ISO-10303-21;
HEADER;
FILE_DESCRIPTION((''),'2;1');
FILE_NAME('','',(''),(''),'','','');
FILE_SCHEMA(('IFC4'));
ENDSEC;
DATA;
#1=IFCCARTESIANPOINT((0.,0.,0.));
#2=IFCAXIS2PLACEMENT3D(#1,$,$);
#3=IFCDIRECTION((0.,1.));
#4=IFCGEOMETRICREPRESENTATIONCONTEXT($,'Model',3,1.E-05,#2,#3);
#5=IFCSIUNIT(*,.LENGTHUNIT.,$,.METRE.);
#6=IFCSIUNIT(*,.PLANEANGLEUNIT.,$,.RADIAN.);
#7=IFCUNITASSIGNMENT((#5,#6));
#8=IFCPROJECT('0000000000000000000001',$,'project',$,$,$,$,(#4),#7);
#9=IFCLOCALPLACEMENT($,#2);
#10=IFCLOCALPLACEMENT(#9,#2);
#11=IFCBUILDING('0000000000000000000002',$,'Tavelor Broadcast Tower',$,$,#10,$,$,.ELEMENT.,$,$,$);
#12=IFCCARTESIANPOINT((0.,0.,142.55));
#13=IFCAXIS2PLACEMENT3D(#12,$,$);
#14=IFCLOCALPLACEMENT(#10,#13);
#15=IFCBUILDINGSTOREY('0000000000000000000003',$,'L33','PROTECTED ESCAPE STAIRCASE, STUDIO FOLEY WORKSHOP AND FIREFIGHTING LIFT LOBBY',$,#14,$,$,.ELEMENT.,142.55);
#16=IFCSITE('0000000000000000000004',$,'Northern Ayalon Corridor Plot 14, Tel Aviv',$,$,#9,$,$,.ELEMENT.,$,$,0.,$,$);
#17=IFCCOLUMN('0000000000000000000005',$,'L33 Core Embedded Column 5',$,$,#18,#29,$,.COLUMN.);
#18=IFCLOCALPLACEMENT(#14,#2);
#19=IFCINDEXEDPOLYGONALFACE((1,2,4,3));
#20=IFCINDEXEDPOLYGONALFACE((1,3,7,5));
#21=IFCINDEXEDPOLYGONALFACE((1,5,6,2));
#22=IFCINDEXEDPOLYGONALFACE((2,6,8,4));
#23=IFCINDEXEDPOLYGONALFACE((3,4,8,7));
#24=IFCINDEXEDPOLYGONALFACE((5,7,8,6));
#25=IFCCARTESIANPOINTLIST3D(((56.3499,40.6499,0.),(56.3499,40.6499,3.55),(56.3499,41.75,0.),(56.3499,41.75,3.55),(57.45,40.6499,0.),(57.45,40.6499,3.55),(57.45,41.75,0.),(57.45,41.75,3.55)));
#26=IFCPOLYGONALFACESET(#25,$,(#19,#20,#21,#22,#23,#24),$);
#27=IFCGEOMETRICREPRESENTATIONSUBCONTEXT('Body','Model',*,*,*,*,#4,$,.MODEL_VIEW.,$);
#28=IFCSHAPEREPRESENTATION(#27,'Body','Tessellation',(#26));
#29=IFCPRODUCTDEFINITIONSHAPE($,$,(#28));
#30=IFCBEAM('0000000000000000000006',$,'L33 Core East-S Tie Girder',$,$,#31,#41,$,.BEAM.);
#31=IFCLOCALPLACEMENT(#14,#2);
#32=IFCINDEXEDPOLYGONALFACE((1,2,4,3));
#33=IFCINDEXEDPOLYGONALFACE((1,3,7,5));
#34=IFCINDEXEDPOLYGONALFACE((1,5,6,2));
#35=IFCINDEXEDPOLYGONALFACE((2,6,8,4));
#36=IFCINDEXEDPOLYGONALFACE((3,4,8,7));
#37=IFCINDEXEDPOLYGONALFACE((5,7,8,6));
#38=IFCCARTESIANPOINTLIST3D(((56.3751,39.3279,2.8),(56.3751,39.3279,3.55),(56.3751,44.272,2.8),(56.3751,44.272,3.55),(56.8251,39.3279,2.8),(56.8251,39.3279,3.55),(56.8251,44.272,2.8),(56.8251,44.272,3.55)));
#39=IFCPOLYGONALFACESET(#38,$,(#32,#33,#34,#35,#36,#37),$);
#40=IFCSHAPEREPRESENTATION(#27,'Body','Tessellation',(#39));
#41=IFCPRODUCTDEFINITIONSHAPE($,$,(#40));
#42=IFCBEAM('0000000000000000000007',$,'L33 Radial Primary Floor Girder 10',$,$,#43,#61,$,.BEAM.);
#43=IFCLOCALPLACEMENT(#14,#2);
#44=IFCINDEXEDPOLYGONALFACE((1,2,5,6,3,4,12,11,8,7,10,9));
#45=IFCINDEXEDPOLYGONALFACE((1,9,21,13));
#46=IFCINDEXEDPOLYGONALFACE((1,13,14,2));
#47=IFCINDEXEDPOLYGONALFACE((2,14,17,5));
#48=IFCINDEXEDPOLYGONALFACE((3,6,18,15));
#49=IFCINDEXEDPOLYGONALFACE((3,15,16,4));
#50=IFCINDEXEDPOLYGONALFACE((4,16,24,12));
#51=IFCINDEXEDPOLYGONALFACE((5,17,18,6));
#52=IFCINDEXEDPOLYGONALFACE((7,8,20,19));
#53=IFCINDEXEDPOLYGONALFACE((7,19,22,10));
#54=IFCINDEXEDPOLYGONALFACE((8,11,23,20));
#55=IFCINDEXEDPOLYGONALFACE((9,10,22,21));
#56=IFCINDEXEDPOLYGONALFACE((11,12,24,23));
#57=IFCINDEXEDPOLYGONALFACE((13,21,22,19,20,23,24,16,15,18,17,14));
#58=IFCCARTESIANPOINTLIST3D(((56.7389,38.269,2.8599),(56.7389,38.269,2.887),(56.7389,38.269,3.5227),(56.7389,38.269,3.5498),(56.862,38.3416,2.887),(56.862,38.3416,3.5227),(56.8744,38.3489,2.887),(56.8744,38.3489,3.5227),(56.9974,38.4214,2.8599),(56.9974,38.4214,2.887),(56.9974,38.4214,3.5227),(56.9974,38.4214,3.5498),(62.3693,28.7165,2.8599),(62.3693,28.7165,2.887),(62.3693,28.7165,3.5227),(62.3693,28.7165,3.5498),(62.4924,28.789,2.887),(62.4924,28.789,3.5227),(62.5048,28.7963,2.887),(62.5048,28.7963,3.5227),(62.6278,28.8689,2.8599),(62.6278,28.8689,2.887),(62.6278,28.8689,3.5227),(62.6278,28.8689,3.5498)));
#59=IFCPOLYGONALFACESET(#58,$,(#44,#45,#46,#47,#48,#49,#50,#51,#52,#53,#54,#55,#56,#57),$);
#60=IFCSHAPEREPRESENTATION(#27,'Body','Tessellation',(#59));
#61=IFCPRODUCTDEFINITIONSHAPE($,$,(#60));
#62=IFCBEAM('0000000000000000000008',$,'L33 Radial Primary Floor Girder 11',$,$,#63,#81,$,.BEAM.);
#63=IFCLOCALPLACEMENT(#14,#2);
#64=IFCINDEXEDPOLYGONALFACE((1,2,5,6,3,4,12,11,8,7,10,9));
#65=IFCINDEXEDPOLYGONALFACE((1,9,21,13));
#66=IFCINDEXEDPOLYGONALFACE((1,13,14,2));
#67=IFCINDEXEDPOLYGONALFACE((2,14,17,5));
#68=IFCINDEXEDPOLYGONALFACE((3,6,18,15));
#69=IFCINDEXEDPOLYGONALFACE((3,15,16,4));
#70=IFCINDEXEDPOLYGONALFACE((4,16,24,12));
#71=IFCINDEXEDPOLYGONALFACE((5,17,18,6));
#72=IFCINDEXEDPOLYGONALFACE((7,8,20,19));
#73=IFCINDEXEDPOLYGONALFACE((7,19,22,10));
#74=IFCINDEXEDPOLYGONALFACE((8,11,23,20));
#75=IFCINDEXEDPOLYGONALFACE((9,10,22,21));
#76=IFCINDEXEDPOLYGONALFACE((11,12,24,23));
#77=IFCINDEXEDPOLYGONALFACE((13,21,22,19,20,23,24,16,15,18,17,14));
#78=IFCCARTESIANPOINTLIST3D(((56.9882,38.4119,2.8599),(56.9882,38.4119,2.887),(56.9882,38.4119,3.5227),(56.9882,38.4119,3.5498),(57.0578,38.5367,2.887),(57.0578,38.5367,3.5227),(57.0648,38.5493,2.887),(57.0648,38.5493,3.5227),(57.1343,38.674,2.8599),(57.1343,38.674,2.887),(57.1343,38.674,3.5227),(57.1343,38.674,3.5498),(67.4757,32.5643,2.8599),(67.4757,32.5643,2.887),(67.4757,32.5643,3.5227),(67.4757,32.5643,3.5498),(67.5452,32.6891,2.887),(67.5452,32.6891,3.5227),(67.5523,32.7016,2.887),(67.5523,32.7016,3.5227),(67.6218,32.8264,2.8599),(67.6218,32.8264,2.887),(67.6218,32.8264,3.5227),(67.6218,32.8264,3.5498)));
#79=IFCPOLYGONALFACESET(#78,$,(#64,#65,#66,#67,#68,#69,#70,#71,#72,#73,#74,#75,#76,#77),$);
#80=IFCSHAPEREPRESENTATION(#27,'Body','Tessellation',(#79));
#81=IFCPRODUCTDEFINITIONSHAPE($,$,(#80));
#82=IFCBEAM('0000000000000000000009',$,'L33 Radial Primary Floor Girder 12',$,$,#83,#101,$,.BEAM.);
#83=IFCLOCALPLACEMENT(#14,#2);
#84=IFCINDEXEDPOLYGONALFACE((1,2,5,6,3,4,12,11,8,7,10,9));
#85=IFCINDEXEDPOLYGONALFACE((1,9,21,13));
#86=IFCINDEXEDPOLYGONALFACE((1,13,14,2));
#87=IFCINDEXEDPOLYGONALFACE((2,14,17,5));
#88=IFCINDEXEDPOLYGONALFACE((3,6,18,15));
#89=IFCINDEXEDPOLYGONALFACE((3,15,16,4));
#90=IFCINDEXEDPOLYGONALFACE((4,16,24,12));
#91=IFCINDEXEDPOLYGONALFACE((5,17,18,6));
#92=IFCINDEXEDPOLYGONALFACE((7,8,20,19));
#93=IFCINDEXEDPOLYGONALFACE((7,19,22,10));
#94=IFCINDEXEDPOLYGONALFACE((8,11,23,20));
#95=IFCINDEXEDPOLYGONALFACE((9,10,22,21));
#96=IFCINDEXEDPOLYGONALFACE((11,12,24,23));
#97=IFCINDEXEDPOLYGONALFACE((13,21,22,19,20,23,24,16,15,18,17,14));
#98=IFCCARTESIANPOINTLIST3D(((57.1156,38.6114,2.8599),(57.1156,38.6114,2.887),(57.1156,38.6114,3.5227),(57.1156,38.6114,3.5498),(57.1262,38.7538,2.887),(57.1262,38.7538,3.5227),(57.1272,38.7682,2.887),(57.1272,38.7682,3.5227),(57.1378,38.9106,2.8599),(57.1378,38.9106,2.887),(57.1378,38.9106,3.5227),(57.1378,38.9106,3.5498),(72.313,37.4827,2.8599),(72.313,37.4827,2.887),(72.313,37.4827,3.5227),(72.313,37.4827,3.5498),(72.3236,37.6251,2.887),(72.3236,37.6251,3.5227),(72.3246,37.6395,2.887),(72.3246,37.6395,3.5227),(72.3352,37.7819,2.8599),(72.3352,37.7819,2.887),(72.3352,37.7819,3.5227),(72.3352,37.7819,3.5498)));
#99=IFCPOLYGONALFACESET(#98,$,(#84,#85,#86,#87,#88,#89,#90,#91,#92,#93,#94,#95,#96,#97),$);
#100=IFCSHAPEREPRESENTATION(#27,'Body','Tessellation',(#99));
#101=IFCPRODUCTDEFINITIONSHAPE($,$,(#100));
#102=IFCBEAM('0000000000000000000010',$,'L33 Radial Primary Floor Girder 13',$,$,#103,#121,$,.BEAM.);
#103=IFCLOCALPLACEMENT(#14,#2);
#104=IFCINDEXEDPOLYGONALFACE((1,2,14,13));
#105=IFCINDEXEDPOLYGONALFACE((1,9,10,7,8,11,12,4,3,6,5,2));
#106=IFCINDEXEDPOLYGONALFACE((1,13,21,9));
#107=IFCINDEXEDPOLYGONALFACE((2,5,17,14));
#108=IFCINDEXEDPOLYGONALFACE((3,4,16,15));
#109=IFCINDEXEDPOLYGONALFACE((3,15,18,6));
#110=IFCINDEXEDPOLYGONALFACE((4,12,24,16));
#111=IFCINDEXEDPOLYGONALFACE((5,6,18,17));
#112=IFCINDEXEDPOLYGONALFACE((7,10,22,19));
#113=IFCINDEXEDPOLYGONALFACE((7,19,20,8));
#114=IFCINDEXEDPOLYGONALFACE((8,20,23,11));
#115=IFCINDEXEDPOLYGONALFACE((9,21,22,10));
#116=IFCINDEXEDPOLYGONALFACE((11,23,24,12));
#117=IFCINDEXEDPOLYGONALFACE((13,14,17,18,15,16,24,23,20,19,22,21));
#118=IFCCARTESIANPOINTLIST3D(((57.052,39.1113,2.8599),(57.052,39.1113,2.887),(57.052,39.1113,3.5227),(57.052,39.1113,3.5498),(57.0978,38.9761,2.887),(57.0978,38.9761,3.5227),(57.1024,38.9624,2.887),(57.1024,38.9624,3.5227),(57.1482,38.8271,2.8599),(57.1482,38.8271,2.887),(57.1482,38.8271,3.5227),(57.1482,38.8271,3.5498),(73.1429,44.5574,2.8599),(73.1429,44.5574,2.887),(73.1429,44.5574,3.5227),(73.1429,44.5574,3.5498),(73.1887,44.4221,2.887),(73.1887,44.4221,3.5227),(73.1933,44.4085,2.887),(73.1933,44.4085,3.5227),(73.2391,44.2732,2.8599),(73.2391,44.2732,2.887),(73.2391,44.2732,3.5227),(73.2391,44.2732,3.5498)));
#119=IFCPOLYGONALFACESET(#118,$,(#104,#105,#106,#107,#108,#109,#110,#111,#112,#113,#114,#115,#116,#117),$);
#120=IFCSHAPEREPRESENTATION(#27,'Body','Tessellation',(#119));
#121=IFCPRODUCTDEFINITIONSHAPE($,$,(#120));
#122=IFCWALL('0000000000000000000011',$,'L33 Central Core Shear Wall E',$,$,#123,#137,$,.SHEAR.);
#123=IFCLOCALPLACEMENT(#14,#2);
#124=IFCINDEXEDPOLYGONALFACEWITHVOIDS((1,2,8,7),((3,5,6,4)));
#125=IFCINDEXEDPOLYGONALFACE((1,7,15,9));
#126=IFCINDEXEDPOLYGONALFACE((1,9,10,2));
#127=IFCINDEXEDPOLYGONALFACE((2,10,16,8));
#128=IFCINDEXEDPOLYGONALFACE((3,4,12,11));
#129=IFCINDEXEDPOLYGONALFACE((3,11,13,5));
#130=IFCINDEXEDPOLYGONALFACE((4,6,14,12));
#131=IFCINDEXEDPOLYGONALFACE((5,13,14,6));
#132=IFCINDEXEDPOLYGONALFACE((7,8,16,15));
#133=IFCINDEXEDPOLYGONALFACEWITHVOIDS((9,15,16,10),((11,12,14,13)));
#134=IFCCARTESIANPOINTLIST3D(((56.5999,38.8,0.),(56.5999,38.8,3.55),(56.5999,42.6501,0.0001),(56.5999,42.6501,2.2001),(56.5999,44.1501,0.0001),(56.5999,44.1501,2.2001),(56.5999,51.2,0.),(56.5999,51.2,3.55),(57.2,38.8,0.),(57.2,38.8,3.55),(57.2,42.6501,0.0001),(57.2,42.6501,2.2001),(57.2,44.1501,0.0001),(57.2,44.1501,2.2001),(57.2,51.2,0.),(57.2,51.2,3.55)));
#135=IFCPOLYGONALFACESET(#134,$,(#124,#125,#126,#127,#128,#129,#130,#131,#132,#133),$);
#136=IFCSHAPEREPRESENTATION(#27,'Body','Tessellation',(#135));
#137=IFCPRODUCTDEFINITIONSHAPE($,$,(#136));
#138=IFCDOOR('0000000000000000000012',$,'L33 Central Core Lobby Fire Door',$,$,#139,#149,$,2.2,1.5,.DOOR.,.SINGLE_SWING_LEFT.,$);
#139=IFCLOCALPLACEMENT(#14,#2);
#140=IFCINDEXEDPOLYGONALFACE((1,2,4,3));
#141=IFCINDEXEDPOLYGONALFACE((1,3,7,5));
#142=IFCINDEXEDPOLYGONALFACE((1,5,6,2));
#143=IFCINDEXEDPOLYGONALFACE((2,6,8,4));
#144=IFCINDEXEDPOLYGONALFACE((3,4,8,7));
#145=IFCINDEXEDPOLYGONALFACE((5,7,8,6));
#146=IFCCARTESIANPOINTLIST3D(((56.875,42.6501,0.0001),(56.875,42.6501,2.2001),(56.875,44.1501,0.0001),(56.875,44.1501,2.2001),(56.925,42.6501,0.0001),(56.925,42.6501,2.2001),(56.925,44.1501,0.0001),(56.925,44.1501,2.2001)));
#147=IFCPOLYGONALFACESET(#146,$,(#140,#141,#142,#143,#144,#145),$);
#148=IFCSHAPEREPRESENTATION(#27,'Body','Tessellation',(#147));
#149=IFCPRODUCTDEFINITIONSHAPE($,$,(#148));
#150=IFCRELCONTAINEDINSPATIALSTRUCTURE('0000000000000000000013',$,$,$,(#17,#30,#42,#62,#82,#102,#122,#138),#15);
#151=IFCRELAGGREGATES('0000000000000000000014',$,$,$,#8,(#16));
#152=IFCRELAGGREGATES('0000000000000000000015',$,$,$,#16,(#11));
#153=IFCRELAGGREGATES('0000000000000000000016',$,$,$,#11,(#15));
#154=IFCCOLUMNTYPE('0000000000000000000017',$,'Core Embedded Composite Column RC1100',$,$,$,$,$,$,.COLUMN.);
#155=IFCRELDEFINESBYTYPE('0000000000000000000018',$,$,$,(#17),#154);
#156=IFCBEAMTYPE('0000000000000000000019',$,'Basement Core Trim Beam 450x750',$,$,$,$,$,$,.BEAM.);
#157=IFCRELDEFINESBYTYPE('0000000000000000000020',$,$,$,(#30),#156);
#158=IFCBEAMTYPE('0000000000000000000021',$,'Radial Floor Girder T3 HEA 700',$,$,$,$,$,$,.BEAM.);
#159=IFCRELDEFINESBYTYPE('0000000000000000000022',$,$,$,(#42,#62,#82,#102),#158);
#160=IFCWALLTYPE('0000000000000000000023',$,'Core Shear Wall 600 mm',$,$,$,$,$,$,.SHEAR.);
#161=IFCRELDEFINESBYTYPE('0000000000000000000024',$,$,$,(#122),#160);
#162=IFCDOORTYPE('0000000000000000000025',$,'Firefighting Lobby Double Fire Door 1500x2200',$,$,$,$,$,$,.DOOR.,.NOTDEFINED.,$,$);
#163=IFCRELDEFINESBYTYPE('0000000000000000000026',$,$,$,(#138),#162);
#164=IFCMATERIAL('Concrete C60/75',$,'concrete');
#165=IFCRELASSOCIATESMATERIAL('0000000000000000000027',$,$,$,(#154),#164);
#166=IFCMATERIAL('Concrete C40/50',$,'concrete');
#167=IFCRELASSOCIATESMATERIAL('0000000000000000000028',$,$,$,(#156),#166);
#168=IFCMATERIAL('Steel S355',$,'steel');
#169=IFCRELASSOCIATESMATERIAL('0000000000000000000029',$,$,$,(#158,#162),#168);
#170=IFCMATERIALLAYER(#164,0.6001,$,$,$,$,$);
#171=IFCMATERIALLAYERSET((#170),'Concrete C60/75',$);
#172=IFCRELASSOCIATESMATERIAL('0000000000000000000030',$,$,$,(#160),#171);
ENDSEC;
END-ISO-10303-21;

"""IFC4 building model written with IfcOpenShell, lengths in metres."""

from ifc_helpers import new_model, si_unit, direction, frame, frame_2d, origin, origin_2d, place, context, subcontext, project, spatial, rectangle, i_section, extrude, material, layer, layer_set, material_profile, profile_set, type_object, element, fill, save


model = new_model("IFC4")

# Units and contexts
model_context = context("Model", 3, precision=1e-05, world=origin(), true_north=direction((0.0, 1.0)))
body_context = subcontext(model_context, "Body", "Model", "MODEL_VIEW")
ifc_project = project(units=[si_unit("LENGTHUNIT", "METRE"), si_unit("PLANEANGLEUNIT", "RADIAN")], contexts=[model_context])

# Site, building, storey
site_placement = place(None, origin())
site = spatial("IfcSite", under=ifc_project, at=site_placement, Name="Northern Ayalon Corridor Plot 14, Tel Aviv", CompositionType="ELEMENT", RefElevation=0.0)
building_placement = place(site_placement, origin())
building = spatial("IfcBuilding", under=site, at=building_placement, Name="Tavelor Broadcast Tower", CompositionType="ELEMENT")
storey_placement = place(building_placement, frame((0.0, 0.0, 142.55)))
storey = spatial("IfcBuildingStorey", under=building, at=storey_placement, Name="L33", Description="PROTECTED ESCAPE STAIRCASE, STUDIO FOLEY WORKSHOP AND FIREFIGHTING LIFT LOBBY", CompositionType="ELEMENT", Elevation=142.55)

# Column
ifc_material_1 = material(Name="Concrete C60/75", Category="concrete")
ifc_material_profile_1 = material_profile(ifc_material_1, rectangle(XDim=1.1001, YDim=1.1001, at=origin_2d()), Name="RC 1100x1100")
ifc_profile_set_1 = profile_set([ifc_material_profile_1], Name="Concrete C60/75")
column_type = type_object("IfcColumnType", Name="Core Embedded Composite Column RC1100", PredefinedType="COLUMN", material=ifc_profile_set_1)
column_placement = place(storey_placement, frame((56.8999, 41.2, 0.0), z_axis=(0.0, 0.0, 1.0), x_axis=(1.0, 0.0, 0.0)))
element("IfcColumn", 1, at=column_placement, inside=storey, type_object=column_type, Name="L33 Core Embedded Column 5", PredefinedType="COLUMN", context=body_context, shape_type="SweptSolid", body=[
    extrude(rectangle(XDim=1.1001, YDim=1.1001, at=origin_2d()), origin(), (0.0, 0.0, 1.0), 3.55),
])

# Beams
ifc_material_2 = material(Name="Concrete C40/50", Category="concrete")
ifc_material_profile_2 = material_profile(ifc_material_2, rectangle(XDim=0.45, YDim=0.75, at=origin_2d()), Name="RC 450x750")
ifc_profile_set_2 = profile_set([ifc_material_profile_2], Name="Concrete C40/50")
beam_type_1 = type_object("IfcBeamType", Name="Basement Core Trim Beam 450x750", PredefinedType="BEAM", material=ifc_profile_set_2)
beam_1_placement = place(storey_placement, frame((56.6001, 39.3279, 3.175), z_axis=(0.0, 1.0, 0.0), x_axis=(-1.0, 0.0, 0.0)))
element("IfcBeam", 2, at=beam_1_placement, inside=storey, type_object=beam_type_1, Name="L33 Core East-S Tie Girder", PredefinedType="BEAM", context=body_context, shape_type="SweptSolid", body=[
    extrude(rectangle(XDim=0.45, YDim=0.75, at=origin_2d()), origin(), (0.0, 0.0, 1.0), 4.9441),
])
ifc_material_3 = material(Name="Steel S355", Category="steel")
ifc_material_profile_3 = material_profile(ifc_material_3, i_section(OverallWidth=0.3, OverallDepth=0.6899, WebThickness=0.0144, FlangeThickness=0.0271, at=origin_2d()), Name="HEA 700")
ifc_profile_set_3 = profile_set([ifc_material_profile_3], Name="Steel S355")
beam_type_2 = type_object("IfcBeamType", Name="Radial Floor Girder T3 HEA 700", PredefinedType="BEAM", material=ifc_profile_set_3)
beam_2_placement = place(storey_placement, frame((56.8682, 38.3452, 3.2048), z_axis=(0.507774, -0.86149, 0.0), x_axis=(0.86149, 0.507774, 0.0)))
element("IfcBeam", 3, at=beam_2_placement, inside=storey, type_object=beam_type_2, Name="L33 Radial Primary Floor Girder 10", PredefinedType="BEAM", context=body_context, shape_type="SweptSolid", body=[
    extrude(i_section(OverallWidth=0.3, OverallDepth=0.6899, WebThickness=0.0144, FlangeThickness=0.0271, at=origin_2d()), origin(), (0.0, 0.0, 1.0), 11.0884),
])
beam_3_placement = place(storey_placement, frame((57.0613, 38.543, 3.2048), z_axis=(0.873405, -0.486994, 0.0), x_axis=(0.486994, 0.873405, 0.0)))
element("IfcBeam", 4, at=beam_3_placement, inside=storey, type_object=beam_type_2, Name="L33 Radial Primary Floor Girder 11", PredefinedType="BEAM", context=body_context, shape_type="SweptSolid", body=[
    extrude(i_section(OverallWidth=0.3, OverallDepth=0.6899, WebThickness=0.0144, FlangeThickness=0.0271, at=origin_2d()), origin(), (0.0, 0.0, 1.0), 12.0076),
])
beam_4_placement = place(storey_placement, frame((57.1267, 38.761, 3.2048), z_axis=(0.997254, -0.074062, 0.0), x_axis=(0.074062, 0.997254, 0.0)))
element("IfcBeam", 5, at=beam_4_placement, inside=storey, type_object=beam_type_2, Name="L33 Radial Primary Floor Girder 12", PredefinedType="BEAM", context=body_context, shape_type="SweptSolid", body=[
    extrude(i_section(OverallWidth=0.3, OverallDepth=0.6899, WebThickness=0.0144, FlangeThickness=0.0271, at=origin_2d()), origin(), (0.0, 0.0, 1.0), 15.2393),
])
beam_5_placement = place(storey_placement, frame((57.1001, 38.9692, 3.2048), z_axis=(0.947217, 0.320592, 0.0), x_axis=(-0.320592, 0.947217, 0.0)))
element("IfcBeam", 6, at=beam_5_placement, inside=storey, type_object=beam_type_2, Name="L33 Radial Primary Floor Girder 13", PredefinedType="BEAM", context=body_context, shape_type="SweptSolid", body=[
    extrude(i_section(OverallWidth=0.3, OverallDepth=0.6899, WebThickness=0.0144, FlangeThickness=0.0271, at=origin_2d()), origin(), (0.0, 0.0, 1.0), 16.9875),
])

# Wall, opening, door
ifc_layer_1 = layer(ifc_material_1, 0.6001)
ifc_layer_set_1 = layer_set([ifc_layer_1], Name="Concrete C60/75")
wall_type_1 = type_object("IfcWallType", Name="Core Shear Wall 600 mm", PredefinedType="SHEAR", material=ifc_layer_set_1)
wall_1_placement = place(storey_placement, frame((56.8999, 38.8, 0.0), z_axis=(0.0, 0.0, 1.0), x_axis=(0.0, 1.0, 0.0)))
wall_1 = element("IfcWall", 7, at=wall_1_placement, inside=storey, type_object=wall_type_1, Name="L33 Central Core Shear Wall E", PredefinedType="SHEAR", context=body_context, shape_type="SweptSolid", body=[
    extrude(rectangle(XDim=12.3999, YDim=0.6001, at=frame_2d((6.2, 0.0))), origin(), (0.0, 0.0, 1.0), 3.55),
])
opening_1_placement = place(wall_1_placement, frame((3.8501, 0.0, 0.0)))
opening_1 = element("IfcOpeningElement", 8, at=opening_1_placement, cuts=wall_1, PredefinedType="OPENING", context=body_context, shape_type="SweptSolid", body=[
    extrude(rectangle(XDim=1.5, YDim=2.2, at=frame_2d((0.75, 1.1001))), frame((0.0, 0.3101, 0.0), z_axis=(0.0, -1.0, 0.0), x_axis=(1.0, 0.0, 0.0)), (0.0, 0.0, 1.0), 0.6201),
])
door_type_1 = type_object("IfcDoorType", Name="Firefighting Lobby Double Fire Door 1500x2200", OperationType="NOTDEFINED", PredefinedType="DOOR", material=ifc_material_3)
door_1_placement = place(opening_1_placement, origin())
door_1 = element("IfcDoor", 9, at=door_1_placement, inside=storey, type_object=door_type_1, Name="L33 Central Core Lobby Fire Door", OperationType="SINGLE_SWING_LEFT", OverallHeight=2.2, OverallWidth=1.5, PredefinedType="DOOR", context=body_context, shape_type="SweptSolid", body=[
    extrude(rectangle(XDim=1.5, YDim=2.2, at=frame_2d((0.75, 1.1001))), frame((0.0, 0.0249, 0.0), z_axis=(0.0, -1.0, 0.0), x_axis=(1.0, 0.0, 0.0)), (0.0, 0.0, 1.0), 0.05),
])
fill(opening_1, door_1)

save(model, "model.ifc")
